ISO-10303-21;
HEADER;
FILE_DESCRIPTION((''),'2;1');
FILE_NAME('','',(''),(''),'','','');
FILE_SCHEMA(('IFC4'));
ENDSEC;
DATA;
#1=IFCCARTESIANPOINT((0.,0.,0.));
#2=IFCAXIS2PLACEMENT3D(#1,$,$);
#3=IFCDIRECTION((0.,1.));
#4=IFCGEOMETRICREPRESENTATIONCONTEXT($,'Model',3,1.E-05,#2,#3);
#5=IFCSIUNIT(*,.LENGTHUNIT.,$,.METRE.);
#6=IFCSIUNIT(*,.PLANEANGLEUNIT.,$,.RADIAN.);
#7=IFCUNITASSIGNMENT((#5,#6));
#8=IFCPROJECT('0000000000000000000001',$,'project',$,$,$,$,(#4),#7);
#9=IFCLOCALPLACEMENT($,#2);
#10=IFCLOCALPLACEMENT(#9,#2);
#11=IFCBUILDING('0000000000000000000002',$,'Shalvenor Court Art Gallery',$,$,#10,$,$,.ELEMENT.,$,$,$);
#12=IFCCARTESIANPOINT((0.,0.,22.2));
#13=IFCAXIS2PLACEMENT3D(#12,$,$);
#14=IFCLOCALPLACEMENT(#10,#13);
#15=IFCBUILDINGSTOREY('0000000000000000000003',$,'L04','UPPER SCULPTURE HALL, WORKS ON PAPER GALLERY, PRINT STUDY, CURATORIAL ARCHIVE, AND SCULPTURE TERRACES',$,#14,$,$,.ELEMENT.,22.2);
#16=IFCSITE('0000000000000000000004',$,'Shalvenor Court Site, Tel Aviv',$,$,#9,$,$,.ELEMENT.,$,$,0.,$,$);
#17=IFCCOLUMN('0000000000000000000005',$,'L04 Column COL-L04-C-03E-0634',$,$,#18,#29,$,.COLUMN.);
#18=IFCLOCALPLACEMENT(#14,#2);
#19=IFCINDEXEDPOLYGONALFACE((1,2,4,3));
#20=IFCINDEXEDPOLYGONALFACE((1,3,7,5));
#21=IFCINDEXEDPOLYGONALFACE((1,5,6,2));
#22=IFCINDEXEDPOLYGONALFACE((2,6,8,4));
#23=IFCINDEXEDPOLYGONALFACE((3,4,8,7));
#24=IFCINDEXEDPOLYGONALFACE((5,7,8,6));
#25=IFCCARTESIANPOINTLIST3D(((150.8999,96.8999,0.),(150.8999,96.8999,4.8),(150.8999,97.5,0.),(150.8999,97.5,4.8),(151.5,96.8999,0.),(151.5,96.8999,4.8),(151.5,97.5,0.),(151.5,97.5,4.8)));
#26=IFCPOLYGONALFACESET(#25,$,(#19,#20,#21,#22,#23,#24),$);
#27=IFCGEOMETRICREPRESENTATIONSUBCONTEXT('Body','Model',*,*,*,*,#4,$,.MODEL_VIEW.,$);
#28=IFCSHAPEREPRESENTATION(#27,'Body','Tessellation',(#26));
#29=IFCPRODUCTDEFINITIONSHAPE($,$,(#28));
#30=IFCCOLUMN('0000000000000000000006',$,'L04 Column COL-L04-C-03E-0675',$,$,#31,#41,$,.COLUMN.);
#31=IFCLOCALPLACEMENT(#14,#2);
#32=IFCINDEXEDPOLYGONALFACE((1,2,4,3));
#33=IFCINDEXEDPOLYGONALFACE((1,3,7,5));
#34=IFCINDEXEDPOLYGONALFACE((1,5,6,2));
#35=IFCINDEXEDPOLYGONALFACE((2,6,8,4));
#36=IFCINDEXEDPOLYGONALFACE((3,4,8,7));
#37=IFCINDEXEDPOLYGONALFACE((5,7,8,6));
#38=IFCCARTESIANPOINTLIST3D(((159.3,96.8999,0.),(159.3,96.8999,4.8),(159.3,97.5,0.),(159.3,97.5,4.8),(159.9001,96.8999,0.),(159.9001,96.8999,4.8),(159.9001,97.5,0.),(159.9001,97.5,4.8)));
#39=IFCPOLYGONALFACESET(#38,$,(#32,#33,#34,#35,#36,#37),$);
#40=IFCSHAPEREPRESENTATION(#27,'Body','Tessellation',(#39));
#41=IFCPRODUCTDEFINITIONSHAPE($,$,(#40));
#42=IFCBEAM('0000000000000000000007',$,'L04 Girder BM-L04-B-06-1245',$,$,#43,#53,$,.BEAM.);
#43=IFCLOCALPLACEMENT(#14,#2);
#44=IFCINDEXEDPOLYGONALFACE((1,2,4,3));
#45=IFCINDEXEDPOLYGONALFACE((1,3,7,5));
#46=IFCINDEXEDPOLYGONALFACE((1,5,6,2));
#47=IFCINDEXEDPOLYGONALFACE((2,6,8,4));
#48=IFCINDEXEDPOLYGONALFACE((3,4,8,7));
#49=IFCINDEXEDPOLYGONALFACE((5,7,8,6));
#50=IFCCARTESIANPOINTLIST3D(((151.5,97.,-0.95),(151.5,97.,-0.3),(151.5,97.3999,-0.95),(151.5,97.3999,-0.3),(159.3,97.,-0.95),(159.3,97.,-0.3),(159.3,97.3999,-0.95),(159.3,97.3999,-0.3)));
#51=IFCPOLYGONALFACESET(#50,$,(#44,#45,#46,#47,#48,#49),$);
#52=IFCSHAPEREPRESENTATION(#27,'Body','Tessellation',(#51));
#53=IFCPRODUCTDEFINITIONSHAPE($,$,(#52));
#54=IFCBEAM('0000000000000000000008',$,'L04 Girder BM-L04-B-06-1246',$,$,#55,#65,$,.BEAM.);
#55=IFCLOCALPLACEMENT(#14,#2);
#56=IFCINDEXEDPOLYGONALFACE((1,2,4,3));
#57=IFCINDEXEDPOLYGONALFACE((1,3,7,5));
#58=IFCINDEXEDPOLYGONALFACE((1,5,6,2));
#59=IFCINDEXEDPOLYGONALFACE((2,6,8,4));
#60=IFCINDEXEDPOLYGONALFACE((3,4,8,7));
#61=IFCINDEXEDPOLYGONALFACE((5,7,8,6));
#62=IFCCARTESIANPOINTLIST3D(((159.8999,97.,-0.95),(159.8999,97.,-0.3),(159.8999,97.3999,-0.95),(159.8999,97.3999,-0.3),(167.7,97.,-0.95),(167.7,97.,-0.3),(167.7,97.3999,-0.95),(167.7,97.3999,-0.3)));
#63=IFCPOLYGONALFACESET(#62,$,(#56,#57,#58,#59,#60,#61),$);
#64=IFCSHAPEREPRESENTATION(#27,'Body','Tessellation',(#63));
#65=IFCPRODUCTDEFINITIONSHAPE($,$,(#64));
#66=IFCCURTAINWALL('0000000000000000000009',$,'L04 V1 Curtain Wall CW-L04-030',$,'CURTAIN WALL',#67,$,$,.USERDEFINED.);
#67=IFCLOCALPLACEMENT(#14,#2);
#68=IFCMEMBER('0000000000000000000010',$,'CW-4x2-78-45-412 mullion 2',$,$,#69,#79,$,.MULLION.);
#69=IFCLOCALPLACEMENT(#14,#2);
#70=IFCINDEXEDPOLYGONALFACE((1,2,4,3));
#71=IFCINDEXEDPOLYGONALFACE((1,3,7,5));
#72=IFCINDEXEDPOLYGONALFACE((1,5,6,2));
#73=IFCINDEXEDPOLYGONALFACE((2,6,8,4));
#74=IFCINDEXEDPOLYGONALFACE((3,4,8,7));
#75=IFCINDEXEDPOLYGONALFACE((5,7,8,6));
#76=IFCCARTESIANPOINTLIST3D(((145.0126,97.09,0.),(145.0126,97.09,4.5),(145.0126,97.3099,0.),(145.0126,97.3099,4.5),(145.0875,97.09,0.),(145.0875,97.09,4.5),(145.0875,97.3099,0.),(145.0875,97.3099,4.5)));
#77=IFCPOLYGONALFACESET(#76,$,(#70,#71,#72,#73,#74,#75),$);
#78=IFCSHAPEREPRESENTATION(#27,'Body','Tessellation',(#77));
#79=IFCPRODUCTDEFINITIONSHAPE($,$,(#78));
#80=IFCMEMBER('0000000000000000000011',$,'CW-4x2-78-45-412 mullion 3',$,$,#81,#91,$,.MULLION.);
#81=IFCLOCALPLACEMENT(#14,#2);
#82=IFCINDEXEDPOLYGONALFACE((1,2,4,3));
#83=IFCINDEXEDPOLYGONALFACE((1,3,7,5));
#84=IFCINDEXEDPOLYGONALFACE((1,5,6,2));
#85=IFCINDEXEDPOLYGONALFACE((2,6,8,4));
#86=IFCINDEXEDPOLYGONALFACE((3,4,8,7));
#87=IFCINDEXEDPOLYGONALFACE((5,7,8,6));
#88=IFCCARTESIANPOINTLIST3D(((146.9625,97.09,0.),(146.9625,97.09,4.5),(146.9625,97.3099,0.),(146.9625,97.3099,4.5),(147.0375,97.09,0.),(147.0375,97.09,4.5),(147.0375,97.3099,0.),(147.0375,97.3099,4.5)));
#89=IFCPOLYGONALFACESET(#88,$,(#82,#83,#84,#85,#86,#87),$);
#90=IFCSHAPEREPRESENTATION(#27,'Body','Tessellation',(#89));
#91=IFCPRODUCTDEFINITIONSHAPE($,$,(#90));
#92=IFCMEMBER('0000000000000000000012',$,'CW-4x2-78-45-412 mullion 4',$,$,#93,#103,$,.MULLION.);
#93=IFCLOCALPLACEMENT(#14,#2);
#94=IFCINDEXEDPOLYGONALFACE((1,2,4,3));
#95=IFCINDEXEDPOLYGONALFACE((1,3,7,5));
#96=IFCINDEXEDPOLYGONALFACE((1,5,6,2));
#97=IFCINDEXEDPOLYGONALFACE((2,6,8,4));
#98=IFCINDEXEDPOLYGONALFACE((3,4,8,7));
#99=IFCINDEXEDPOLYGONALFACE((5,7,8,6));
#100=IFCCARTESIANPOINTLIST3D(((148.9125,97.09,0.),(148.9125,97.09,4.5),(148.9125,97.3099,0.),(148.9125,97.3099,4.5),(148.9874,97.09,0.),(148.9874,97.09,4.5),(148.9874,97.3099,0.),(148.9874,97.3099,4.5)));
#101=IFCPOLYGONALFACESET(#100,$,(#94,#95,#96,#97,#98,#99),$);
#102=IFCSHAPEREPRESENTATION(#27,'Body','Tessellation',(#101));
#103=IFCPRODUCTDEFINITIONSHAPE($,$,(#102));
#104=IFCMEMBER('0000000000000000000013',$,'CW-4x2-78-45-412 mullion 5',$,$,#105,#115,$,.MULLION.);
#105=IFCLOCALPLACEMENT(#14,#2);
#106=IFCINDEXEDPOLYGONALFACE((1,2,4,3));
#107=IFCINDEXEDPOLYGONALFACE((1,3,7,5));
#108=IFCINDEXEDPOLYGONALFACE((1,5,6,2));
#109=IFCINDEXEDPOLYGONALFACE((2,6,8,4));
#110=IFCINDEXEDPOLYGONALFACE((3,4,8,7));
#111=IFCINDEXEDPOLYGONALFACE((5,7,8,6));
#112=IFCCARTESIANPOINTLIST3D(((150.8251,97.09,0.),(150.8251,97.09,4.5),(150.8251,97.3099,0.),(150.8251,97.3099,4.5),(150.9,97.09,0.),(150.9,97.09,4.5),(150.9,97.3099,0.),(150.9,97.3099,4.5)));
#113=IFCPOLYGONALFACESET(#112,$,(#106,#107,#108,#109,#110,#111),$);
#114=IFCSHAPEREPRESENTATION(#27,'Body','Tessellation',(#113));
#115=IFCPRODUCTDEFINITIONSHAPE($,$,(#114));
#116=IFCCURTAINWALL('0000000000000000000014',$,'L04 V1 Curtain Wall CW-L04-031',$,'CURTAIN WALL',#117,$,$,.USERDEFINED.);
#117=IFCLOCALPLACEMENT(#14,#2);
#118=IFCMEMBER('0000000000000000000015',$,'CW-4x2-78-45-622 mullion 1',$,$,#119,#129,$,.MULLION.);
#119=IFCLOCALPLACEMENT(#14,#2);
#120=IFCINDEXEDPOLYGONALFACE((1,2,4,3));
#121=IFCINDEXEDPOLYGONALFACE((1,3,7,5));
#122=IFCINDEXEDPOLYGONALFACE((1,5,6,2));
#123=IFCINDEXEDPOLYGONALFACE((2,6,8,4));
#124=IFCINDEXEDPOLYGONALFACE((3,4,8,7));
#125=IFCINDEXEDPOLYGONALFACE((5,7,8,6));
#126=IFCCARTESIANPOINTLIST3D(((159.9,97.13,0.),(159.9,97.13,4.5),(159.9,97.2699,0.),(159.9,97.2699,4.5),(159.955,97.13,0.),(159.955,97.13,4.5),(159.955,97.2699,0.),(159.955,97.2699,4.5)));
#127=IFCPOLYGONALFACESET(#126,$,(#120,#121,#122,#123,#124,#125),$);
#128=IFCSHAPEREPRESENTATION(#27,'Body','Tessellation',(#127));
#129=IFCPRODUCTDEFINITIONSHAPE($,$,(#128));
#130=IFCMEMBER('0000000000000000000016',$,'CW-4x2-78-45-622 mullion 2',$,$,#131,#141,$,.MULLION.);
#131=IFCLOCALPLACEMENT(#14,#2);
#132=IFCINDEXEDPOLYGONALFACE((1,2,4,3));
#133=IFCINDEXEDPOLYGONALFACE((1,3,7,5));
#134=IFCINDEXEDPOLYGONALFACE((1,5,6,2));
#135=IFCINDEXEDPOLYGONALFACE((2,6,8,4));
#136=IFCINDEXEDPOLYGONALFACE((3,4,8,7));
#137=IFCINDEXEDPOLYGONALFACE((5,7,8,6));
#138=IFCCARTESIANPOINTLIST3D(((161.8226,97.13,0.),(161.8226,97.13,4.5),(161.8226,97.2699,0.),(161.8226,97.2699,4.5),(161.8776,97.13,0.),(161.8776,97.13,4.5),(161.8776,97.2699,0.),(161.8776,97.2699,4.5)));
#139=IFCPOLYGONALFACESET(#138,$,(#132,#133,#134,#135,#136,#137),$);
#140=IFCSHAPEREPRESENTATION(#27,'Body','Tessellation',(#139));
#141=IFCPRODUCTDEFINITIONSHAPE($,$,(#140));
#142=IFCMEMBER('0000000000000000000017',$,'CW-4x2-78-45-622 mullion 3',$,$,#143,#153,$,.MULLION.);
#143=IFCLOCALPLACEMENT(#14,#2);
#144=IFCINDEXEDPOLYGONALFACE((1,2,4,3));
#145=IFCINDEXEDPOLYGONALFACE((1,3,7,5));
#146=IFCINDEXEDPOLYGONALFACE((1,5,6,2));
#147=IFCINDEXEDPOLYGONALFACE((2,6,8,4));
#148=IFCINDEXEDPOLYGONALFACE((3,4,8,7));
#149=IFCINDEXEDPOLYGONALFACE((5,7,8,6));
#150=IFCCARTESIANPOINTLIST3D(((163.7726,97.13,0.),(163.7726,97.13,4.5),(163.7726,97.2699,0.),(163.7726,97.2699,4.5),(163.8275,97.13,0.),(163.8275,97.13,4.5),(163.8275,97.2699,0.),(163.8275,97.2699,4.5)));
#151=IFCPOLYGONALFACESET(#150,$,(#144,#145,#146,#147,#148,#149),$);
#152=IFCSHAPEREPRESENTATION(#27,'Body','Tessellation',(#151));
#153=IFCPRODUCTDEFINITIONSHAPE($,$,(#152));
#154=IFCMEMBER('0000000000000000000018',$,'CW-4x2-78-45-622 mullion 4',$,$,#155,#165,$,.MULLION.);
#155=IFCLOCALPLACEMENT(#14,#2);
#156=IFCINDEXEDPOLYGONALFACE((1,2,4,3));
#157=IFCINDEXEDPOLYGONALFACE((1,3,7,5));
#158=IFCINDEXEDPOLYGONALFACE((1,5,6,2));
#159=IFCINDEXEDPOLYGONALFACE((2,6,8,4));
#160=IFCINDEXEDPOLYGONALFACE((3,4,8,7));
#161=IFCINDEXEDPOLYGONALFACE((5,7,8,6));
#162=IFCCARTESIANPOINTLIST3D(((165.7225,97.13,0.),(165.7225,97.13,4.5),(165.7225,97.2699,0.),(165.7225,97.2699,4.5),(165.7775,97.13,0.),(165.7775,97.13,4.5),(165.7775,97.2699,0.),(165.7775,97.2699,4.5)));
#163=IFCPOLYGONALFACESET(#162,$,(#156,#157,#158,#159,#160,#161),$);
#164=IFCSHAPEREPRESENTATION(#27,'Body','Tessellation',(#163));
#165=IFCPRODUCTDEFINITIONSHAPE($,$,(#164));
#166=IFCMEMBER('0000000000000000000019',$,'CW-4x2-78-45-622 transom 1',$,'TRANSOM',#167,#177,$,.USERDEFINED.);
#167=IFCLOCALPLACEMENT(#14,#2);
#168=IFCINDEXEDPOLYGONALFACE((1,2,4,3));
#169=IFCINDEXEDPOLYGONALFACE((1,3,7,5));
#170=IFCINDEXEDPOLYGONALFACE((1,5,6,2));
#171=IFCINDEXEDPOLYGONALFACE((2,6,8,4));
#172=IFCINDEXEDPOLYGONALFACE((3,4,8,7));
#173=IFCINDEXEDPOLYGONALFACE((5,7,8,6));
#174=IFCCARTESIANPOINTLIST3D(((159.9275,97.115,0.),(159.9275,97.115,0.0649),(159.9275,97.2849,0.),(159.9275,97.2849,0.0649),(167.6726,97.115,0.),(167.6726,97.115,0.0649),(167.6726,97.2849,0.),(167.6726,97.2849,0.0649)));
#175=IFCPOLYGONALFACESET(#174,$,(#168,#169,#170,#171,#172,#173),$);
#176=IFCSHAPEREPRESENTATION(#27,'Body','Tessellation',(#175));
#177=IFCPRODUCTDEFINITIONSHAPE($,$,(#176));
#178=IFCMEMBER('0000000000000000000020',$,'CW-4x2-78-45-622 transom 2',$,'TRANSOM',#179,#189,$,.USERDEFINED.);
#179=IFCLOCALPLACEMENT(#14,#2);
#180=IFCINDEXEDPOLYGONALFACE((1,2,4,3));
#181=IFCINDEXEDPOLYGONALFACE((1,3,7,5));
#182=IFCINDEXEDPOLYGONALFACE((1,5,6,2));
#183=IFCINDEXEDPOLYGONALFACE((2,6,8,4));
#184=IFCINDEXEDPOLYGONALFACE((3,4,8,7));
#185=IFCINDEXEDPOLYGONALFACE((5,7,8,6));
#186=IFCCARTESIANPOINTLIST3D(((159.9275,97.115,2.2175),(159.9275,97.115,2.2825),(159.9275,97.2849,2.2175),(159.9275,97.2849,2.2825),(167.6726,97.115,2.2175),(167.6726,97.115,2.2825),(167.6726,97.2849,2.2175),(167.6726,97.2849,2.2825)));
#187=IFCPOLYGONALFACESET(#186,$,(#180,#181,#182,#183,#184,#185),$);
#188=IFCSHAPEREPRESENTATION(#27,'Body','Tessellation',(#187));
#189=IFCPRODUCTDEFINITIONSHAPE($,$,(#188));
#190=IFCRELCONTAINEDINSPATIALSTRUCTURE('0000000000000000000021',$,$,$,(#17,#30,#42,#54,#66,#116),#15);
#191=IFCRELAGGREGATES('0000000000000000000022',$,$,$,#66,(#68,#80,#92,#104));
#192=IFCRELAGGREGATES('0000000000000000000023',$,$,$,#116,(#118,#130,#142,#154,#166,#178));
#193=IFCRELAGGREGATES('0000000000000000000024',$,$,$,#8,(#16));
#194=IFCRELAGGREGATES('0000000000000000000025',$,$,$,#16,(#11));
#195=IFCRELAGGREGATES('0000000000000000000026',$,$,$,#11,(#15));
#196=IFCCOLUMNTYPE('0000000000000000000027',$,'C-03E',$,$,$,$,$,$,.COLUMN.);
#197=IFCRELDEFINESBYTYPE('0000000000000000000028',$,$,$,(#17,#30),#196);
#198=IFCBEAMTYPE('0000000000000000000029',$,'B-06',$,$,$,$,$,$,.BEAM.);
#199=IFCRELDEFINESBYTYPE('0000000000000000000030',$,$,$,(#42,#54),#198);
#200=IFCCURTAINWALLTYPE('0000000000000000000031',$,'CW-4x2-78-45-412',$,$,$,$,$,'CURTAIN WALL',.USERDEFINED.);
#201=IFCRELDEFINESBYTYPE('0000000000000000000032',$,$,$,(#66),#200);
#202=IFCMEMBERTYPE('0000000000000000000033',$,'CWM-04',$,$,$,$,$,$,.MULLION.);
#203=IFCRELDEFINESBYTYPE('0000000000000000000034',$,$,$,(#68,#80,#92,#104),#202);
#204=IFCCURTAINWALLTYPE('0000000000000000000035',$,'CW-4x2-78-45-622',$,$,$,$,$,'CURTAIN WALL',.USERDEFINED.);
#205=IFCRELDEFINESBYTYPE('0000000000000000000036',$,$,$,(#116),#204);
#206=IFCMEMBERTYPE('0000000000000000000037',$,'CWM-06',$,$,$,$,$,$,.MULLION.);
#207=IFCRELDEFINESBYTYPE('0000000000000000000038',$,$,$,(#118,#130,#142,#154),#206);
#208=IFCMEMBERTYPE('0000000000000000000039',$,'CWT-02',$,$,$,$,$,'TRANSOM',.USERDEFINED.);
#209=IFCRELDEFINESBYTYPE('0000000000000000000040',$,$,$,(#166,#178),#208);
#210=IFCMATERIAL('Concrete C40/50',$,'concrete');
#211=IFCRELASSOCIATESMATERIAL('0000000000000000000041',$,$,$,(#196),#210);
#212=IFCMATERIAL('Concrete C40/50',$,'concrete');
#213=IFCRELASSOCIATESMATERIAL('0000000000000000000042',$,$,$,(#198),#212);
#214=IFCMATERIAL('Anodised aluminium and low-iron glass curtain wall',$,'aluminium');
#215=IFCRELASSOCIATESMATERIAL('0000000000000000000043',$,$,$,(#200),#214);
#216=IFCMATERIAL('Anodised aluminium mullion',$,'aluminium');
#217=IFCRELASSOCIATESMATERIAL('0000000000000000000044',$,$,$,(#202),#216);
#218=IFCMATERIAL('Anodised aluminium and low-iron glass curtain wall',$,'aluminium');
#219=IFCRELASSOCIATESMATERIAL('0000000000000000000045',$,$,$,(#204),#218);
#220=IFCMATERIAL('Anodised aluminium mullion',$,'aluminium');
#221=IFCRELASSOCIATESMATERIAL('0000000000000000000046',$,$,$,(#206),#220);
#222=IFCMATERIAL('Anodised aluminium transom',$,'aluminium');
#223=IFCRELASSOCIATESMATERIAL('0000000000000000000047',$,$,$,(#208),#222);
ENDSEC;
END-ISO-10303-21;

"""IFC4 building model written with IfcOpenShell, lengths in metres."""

from ifc_helpers import new_model, si_unit, direction, frame, origin, origin_2d, place, context, subcontext, project, spatial, rectangle, extrude, material, material_profile, profile_set, type_object, element, aggregate, save


model = new_model("IFC4")

# Units and contexts
model_context = context("Model", 3, precision=1e-05, world=origin(), true_north=direction((0.0, 1.0)))
body_context = subcontext(model_context, "Body", "Model", "MODEL_VIEW")
ifc_project = project(units=[si_unit("LENGTHUNIT", "METRE"), si_unit("PLANEANGLEUNIT", "RADIAN")], contexts=[model_context])

# Site, building, storey
site_placement = place(None, origin())
site = spatial("IfcSite", under=ifc_project, at=site_placement, Name="Shalvenor Court Site, Tel Aviv", CompositionType="ELEMENT", RefElevation=0.0)
building_placement = place(site_placement, origin())
building = spatial("IfcBuilding", under=site, at=building_placement, Name="Shalvenor Court Art Gallery", CompositionType="ELEMENT")
storey_placement = place(building_placement, frame((0.0, 0.0, 22.2)))
storey = spatial("IfcBuildingStorey", under=building, at=storey_placement, Name="L04", Description="UPPER SCULPTURE HALL, WORKS ON PAPER GALLERY, PRINT STUDY, CURATORIAL ARCHIVE, AND SCULPTURE TERRACES", CompositionType="ELEMENT", Elevation=22.2)

# Columns
ifc_material_1 = material(Name="Concrete C40/50", Category="concrete")
ifc_material_profile_1 = material_profile(ifc_material_1, rectangle(XDim=0.6001, YDim=0.6001, at=origin_2d()), Name="RC 600x600")
ifc_profile_set_1 = profile_set([ifc_material_profile_1], Name="Concrete C40/50")
column_type = type_object("IfcColumnType", Name="C-03E", PredefinedType="COLUMN", material=ifc_profile_set_1)
for number, where, z_axis, x_axis, name in (
    (1, (151.2, 97.2, 0.0), (0.0, 0.0, 1.0), (1.0, 0.0, 0.0), "L04 Column COL-L04-C-03E-0634"),
    (2, (159.6001, 97.2, 0.0), (0.0, 0.0, 1.0), (1.0, 0.0, 0.0), "L04 Column COL-L04-C-03E-0675"),
):
    element("IfcColumn", number, at=place(storey_placement, frame(where, z_axis=z_axis, x_axis=x_axis)), inside=storey, type_object=column_type, Name=name, PredefinedType="COLUMN", context=body_context, shape_type="SweptSolid", body=[
        extrude(rectangle(XDim=0.6001, YDim=0.6001, at=origin_2d()), origin(), (0.0, 0.0, 1.0), 4.8),
    ])

# Beams
ifc_material_2 = material(Name="Concrete C40/50", Category="concrete")
ifc_material_profile_2 = material_profile(ifc_material_2, rectangle(XDim=0.3999, YDim=0.6499, at=origin_2d()), Name="RC 400x650")
ifc_profile_set_2 = profile_set([ifc_material_profile_2], Name="Concrete C40/50")
beam_type = type_object("IfcBeamType", Name="B-06", PredefinedType="BEAM", material=ifc_profile_set_2)
for number, where, z_axis, x_axis, name in (
    (3, (151.5, 97.2, -0.625), (1.0, 0.0, 0.0), (0.0, 1.0, 0.0), "L04 Girder BM-L04-B-06-1245"),
    (4, (159.8999, 97.2, -0.625), (1.0, 0.0, 0.0), (0.0, 1.0, 0.0), "L04 Girder BM-L04-B-06-1246"),
):
    element("IfcBeam", number, at=place(storey_placement, frame(where, z_axis=z_axis, x_axis=x_axis)), inside=storey, type_object=beam_type, Name=name, PredefinedType="BEAM", context=body_context, shape_type="SweptSolid", body=[
        extrude(rectangle(XDim=0.3999, YDim=0.6499, at=origin_2d()), origin(), (0.0, 0.0, 1.0), 7.8),
    ])

# Curtain walls, members
ifc_material_3 = material(Name="Anodised aluminium and low-iron glass curtain wall", Category="aluminium")
curtain_wall_type_1 = type_object("IfcCurtainWallType", Name="CW-4x2-78-45-412", ElementType="CURTAIN WALL", PredefinedType="USERDEFINED", material=ifc_material_3)
curtain_wall_1_placement = place(storey_placement, origin())
curtain_wall_1 = element("IfcCurtainWall", 5, at=curtain_wall_1_placement, inside=storey, type_object=curtain_wall_type_1, Name="L04 V1 Curtain Wall CW-L04-030", ObjectType="CURTAIN WALL", PredefinedType="USERDEFINED")
ifc_material_4 = material(Name="Anodised aluminium mullion", Category="aluminium")
ifc_material_profile_3 = material_profile(ifc_material_4, rectangle(XDim=0.075, YDim=0.22, at=origin_2d()), Name="CWM-04")
ifc_profile_set_3 = profile_set([ifc_material_profile_3], Name="Anodised aluminium mullion")
member_type_1 = type_object("IfcMemberType", Name="CWM-04", PredefinedType="MULLION", material=ifc_profile_set_3)
member_1_placement = place(storey_placement, frame((145.05, 97.2, 0.0), z_axis=(0.0, 0.0, 1.0), x_axis=(1.0, 0.0, 0.0)))
member_1 = element("IfcMember", 6, at=member_1_placement, type_object=member_type_1, Name="CW-4x2-78-45-412 mullion 2", PredefinedType="MULLION", context=body_context, shape_type="SweptSolid", body=[
    extrude(rectangle(XDim=0.075, YDim=0.22, at=origin_2d()), origin(), (0.0, 0.0, 1.0), 4.5),
])
member_2_placement = place(storey_placement, frame((147.0, 97.2, 0.0), z_axis=(0.0, 0.0, 1.0), x_axis=(1.0, 0.0, 0.0)))
member_2 = element("IfcMember", 7, at=member_2_placement, type_object=member_type_1, Name="CW-4x2-78-45-412 mullion 3", PredefinedType="MULLION", context=body_context, shape_type="SweptSolid", body=[
    extrude(rectangle(XDim=0.075, YDim=0.22, at=origin_2d()), origin(), (0.0, 0.0, 1.0), 4.5),
])
member_3_placement = place(storey_placement, frame((148.95, 97.2, 0.0), z_axis=(0.0, 0.0, 1.0), x_axis=(1.0, 0.0, 0.0)))
member_3 = element("IfcMember", 8, at=member_3_placement, type_object=member_type_1, Name="CW-4x2-78-45-412 mullion 4", PredefinedType="MULLION", context=body_context, shape_type="SweptSolid", body=[
    extrude(rectangle(XDim=0.075, YDim=0.22, at=origin_2d()), origin(), (0.0, 0.0, 1.0), 4.5),
])
member_4_placement = place(storey_placement, frame((150.8625, 97.2, 0.0), z_axis=(0.0, 0.0, 1.0), x_axis=(1.0, 0.0, 0.0)))
member_4 = element("IfcMember", 9, at=member_4_placement, type_object=member_type_1, Name="CW-4x2-78-45-412 mullion 5", PredefinedType="MULLION", context=body_context, shape_type="SweptSolid", body=[
    extrude(rectangle(XDim=0.075, YDim=0.22, at=origin_2d()), origin(), (0.0, 0.0, 1.0), 4.5),
])
ifc_material_5 = material(Name="Anodised aluminium and low-iron glass curtain wall", Category="aluminium")
curtain_wall_type_2 = type_object("IfcCurtainWallType", Name="CW-4x2-78-45-622", ElementType="CURTAIN WALL", PredefinedType="USERDEFINED", material=ifc_material_5)
curtain_wall_2_placement = place(storey_placement, origin())
curtain_wall_2 = element("IfcCurtainWall", 10, at=curtain_wall_2_placement, inside=storey, type_object=curtain_wall_type_2, Name="L04 V1 Curtain Wall CW-L04-031", ObjectType="CURTAIN WALL", PredefinedType="USERDEFINED")
ifc_material_6 = material(Name="Anodised aluminium mullion", Category="aluminium")
ifc_material_profile_4 = material_profile(ifc_material_6, rectangle(XDim=0.0549, YDim=0.1399, at=origin_2d()), Name="CWM-06")
ifc_profile_set_4 = profile_set([ifc_material_profile_4], Name="Anodised aluminium mullion")
member_type_2 = type_object("IfcMemberType", Name="CWM-06", PredefinedType="MULLION", material=ifc_profile_set_4)
member_5_placement = place(storey_placement, frame((159.9275, 97.2, 0.0), z_axis=(0.0, 0.0, 1.0), x_axis=(1.0, 0.0, 0.0)))
member_5 = element("IfcMember", 11, at=member_5_placement, type_object=member_type_2, Name="CW-4x2-78-45-622 mullion 1", PredefinedType="MULLION", context=body_context, shape_type="SweptSolid", body=[
    extrude(rectangle(XDim=0.0549, YDim=0.1399, at=origin_2d()), origin(), (0.0, 0.0, 1.0), 4.5),
])
member_6_placement = place(storey_placement, frame((161.8501, 97.2, 0.0), z_axis=(0.0, 0.0, 1.0), x_axis=(1.0, 0.0, 0.0)))
member_6 = element("IfcMember", 12, at=member_6_placement, type_object=member_type_2, Name="CW-4x2-78-45-622 mullion 2", PredefinedType="MULLION", context=body_context, shape_type="SweptSolid", body=[
    extrude(rectangle(XDim=0.0549, YDim=0.1399, at=origin_2d()), origin(), (0.0, 0.0, 1.0), 4.5),
])
member_7_placement = place(storey_placement, frame((163.8, 97.2, 0.0), z_axis=(0.0, 0.0, 1.0), x_axis=(1.0, 0.0, 0.0)))
member_7 = element("IfcMember", 13, at=member_7_placement, type_object=member_type_2, Name="CW-4x2-78-45-622 mullion 3", PredefinedType="MULLION", context=body_context, shape_type="SweptSolid", body=[
    extrude(rectangle(XDim=0.0549, YDim=0.1399, at=origin_2d()), origin(), (0.0, 0.0, 1.0), 4.5),
])
member_8_placement = place(storey_placement, frame((165.75, 97.2, 0.0), z_axis=(0.0, 0.0, 1.0), x_axis=(1.0, 0.0, 0.0)))
member_8 = element("IfcMember", 14, at=member_8_placement, type_object=member_type_2, Name="CW-4x2-78-45-622 mullion 4", PredefinedType="MULLION", context=body_context, shape_type="SweptSolid", body=[
    extrude(rectangle(XDim=0.0549, YDim=0.1399, at=origin_2d()), origin(), (0.0, 0.0, 1.0), 4.5),
])
ifc_material_7 = material(Name="Anodised aluminium transom", Category="aluminium")
ifc_material_profile_5 = material_profile(ifc_material_7, rectangle(XDim=0.1699, YDim=0.0649, at=origin_2d()), Name="CWT-02")
ifc_profile_set_5 = profile_set([ifc_material_profile_5], Name="Anodised aluminium transom")
member_type_3 = type_object("IfcMemberType", Name="CWT-02", ElementType="TRANSOM", PredefinedType="USERDEFINED", material=ifc_profile_set_5)
member_9_placement = place(storey_placement, frame((159.9275, 97.2, 0.0325), z_axis=(1.0, 0.0, 0.0), x_axis=(0.0, 1.0, 0.0)))
member_9 = element("IfcMember", 15, at=member_9_placement, type_object=member_type_3, Name="CW-4x2-78-45-622 transom 1", ObjectType="TRANSOM", PredefinedType="USERDEFINED", context=body_context, shape_type="SweptSolid", body=[
    extrude(rectangle(XDim=0.1699, YDim=0.0649, at=origin_2d()), origin(), (0.0, 0.0, 1.0), 7.7451),
])
member_10_placement = place(storey_placement, frame((159.9275, 97.2, 2.25), z_axis=(1.0, 0.0, 0.0), x_axis=(0.0, 1.0, 0.0)))
member_10 = element("IfcMember", 16, at=member_10_placement, type_object=member_type_3, Name="CW-4x2-78-45-622 transom 2", ObjectType="TRANSOM", PredefinedType="USERDEFINED", context=body_context, shape_type="SweptSolid", body=[
    extrude(rectangle(XDim=0.1699, YDim=0.0649, at=origin_2d()), origin(), (0.0, 0.0, 1.0), 7.7451),
])

aggregate(curtain_wall_1, [member_1, member_2, member_3, member_4])
aggregate(curtain_wall_2, [member_5, member_6, member_7, member_8, member_9, member_10])

save(model, "model.ifc")
